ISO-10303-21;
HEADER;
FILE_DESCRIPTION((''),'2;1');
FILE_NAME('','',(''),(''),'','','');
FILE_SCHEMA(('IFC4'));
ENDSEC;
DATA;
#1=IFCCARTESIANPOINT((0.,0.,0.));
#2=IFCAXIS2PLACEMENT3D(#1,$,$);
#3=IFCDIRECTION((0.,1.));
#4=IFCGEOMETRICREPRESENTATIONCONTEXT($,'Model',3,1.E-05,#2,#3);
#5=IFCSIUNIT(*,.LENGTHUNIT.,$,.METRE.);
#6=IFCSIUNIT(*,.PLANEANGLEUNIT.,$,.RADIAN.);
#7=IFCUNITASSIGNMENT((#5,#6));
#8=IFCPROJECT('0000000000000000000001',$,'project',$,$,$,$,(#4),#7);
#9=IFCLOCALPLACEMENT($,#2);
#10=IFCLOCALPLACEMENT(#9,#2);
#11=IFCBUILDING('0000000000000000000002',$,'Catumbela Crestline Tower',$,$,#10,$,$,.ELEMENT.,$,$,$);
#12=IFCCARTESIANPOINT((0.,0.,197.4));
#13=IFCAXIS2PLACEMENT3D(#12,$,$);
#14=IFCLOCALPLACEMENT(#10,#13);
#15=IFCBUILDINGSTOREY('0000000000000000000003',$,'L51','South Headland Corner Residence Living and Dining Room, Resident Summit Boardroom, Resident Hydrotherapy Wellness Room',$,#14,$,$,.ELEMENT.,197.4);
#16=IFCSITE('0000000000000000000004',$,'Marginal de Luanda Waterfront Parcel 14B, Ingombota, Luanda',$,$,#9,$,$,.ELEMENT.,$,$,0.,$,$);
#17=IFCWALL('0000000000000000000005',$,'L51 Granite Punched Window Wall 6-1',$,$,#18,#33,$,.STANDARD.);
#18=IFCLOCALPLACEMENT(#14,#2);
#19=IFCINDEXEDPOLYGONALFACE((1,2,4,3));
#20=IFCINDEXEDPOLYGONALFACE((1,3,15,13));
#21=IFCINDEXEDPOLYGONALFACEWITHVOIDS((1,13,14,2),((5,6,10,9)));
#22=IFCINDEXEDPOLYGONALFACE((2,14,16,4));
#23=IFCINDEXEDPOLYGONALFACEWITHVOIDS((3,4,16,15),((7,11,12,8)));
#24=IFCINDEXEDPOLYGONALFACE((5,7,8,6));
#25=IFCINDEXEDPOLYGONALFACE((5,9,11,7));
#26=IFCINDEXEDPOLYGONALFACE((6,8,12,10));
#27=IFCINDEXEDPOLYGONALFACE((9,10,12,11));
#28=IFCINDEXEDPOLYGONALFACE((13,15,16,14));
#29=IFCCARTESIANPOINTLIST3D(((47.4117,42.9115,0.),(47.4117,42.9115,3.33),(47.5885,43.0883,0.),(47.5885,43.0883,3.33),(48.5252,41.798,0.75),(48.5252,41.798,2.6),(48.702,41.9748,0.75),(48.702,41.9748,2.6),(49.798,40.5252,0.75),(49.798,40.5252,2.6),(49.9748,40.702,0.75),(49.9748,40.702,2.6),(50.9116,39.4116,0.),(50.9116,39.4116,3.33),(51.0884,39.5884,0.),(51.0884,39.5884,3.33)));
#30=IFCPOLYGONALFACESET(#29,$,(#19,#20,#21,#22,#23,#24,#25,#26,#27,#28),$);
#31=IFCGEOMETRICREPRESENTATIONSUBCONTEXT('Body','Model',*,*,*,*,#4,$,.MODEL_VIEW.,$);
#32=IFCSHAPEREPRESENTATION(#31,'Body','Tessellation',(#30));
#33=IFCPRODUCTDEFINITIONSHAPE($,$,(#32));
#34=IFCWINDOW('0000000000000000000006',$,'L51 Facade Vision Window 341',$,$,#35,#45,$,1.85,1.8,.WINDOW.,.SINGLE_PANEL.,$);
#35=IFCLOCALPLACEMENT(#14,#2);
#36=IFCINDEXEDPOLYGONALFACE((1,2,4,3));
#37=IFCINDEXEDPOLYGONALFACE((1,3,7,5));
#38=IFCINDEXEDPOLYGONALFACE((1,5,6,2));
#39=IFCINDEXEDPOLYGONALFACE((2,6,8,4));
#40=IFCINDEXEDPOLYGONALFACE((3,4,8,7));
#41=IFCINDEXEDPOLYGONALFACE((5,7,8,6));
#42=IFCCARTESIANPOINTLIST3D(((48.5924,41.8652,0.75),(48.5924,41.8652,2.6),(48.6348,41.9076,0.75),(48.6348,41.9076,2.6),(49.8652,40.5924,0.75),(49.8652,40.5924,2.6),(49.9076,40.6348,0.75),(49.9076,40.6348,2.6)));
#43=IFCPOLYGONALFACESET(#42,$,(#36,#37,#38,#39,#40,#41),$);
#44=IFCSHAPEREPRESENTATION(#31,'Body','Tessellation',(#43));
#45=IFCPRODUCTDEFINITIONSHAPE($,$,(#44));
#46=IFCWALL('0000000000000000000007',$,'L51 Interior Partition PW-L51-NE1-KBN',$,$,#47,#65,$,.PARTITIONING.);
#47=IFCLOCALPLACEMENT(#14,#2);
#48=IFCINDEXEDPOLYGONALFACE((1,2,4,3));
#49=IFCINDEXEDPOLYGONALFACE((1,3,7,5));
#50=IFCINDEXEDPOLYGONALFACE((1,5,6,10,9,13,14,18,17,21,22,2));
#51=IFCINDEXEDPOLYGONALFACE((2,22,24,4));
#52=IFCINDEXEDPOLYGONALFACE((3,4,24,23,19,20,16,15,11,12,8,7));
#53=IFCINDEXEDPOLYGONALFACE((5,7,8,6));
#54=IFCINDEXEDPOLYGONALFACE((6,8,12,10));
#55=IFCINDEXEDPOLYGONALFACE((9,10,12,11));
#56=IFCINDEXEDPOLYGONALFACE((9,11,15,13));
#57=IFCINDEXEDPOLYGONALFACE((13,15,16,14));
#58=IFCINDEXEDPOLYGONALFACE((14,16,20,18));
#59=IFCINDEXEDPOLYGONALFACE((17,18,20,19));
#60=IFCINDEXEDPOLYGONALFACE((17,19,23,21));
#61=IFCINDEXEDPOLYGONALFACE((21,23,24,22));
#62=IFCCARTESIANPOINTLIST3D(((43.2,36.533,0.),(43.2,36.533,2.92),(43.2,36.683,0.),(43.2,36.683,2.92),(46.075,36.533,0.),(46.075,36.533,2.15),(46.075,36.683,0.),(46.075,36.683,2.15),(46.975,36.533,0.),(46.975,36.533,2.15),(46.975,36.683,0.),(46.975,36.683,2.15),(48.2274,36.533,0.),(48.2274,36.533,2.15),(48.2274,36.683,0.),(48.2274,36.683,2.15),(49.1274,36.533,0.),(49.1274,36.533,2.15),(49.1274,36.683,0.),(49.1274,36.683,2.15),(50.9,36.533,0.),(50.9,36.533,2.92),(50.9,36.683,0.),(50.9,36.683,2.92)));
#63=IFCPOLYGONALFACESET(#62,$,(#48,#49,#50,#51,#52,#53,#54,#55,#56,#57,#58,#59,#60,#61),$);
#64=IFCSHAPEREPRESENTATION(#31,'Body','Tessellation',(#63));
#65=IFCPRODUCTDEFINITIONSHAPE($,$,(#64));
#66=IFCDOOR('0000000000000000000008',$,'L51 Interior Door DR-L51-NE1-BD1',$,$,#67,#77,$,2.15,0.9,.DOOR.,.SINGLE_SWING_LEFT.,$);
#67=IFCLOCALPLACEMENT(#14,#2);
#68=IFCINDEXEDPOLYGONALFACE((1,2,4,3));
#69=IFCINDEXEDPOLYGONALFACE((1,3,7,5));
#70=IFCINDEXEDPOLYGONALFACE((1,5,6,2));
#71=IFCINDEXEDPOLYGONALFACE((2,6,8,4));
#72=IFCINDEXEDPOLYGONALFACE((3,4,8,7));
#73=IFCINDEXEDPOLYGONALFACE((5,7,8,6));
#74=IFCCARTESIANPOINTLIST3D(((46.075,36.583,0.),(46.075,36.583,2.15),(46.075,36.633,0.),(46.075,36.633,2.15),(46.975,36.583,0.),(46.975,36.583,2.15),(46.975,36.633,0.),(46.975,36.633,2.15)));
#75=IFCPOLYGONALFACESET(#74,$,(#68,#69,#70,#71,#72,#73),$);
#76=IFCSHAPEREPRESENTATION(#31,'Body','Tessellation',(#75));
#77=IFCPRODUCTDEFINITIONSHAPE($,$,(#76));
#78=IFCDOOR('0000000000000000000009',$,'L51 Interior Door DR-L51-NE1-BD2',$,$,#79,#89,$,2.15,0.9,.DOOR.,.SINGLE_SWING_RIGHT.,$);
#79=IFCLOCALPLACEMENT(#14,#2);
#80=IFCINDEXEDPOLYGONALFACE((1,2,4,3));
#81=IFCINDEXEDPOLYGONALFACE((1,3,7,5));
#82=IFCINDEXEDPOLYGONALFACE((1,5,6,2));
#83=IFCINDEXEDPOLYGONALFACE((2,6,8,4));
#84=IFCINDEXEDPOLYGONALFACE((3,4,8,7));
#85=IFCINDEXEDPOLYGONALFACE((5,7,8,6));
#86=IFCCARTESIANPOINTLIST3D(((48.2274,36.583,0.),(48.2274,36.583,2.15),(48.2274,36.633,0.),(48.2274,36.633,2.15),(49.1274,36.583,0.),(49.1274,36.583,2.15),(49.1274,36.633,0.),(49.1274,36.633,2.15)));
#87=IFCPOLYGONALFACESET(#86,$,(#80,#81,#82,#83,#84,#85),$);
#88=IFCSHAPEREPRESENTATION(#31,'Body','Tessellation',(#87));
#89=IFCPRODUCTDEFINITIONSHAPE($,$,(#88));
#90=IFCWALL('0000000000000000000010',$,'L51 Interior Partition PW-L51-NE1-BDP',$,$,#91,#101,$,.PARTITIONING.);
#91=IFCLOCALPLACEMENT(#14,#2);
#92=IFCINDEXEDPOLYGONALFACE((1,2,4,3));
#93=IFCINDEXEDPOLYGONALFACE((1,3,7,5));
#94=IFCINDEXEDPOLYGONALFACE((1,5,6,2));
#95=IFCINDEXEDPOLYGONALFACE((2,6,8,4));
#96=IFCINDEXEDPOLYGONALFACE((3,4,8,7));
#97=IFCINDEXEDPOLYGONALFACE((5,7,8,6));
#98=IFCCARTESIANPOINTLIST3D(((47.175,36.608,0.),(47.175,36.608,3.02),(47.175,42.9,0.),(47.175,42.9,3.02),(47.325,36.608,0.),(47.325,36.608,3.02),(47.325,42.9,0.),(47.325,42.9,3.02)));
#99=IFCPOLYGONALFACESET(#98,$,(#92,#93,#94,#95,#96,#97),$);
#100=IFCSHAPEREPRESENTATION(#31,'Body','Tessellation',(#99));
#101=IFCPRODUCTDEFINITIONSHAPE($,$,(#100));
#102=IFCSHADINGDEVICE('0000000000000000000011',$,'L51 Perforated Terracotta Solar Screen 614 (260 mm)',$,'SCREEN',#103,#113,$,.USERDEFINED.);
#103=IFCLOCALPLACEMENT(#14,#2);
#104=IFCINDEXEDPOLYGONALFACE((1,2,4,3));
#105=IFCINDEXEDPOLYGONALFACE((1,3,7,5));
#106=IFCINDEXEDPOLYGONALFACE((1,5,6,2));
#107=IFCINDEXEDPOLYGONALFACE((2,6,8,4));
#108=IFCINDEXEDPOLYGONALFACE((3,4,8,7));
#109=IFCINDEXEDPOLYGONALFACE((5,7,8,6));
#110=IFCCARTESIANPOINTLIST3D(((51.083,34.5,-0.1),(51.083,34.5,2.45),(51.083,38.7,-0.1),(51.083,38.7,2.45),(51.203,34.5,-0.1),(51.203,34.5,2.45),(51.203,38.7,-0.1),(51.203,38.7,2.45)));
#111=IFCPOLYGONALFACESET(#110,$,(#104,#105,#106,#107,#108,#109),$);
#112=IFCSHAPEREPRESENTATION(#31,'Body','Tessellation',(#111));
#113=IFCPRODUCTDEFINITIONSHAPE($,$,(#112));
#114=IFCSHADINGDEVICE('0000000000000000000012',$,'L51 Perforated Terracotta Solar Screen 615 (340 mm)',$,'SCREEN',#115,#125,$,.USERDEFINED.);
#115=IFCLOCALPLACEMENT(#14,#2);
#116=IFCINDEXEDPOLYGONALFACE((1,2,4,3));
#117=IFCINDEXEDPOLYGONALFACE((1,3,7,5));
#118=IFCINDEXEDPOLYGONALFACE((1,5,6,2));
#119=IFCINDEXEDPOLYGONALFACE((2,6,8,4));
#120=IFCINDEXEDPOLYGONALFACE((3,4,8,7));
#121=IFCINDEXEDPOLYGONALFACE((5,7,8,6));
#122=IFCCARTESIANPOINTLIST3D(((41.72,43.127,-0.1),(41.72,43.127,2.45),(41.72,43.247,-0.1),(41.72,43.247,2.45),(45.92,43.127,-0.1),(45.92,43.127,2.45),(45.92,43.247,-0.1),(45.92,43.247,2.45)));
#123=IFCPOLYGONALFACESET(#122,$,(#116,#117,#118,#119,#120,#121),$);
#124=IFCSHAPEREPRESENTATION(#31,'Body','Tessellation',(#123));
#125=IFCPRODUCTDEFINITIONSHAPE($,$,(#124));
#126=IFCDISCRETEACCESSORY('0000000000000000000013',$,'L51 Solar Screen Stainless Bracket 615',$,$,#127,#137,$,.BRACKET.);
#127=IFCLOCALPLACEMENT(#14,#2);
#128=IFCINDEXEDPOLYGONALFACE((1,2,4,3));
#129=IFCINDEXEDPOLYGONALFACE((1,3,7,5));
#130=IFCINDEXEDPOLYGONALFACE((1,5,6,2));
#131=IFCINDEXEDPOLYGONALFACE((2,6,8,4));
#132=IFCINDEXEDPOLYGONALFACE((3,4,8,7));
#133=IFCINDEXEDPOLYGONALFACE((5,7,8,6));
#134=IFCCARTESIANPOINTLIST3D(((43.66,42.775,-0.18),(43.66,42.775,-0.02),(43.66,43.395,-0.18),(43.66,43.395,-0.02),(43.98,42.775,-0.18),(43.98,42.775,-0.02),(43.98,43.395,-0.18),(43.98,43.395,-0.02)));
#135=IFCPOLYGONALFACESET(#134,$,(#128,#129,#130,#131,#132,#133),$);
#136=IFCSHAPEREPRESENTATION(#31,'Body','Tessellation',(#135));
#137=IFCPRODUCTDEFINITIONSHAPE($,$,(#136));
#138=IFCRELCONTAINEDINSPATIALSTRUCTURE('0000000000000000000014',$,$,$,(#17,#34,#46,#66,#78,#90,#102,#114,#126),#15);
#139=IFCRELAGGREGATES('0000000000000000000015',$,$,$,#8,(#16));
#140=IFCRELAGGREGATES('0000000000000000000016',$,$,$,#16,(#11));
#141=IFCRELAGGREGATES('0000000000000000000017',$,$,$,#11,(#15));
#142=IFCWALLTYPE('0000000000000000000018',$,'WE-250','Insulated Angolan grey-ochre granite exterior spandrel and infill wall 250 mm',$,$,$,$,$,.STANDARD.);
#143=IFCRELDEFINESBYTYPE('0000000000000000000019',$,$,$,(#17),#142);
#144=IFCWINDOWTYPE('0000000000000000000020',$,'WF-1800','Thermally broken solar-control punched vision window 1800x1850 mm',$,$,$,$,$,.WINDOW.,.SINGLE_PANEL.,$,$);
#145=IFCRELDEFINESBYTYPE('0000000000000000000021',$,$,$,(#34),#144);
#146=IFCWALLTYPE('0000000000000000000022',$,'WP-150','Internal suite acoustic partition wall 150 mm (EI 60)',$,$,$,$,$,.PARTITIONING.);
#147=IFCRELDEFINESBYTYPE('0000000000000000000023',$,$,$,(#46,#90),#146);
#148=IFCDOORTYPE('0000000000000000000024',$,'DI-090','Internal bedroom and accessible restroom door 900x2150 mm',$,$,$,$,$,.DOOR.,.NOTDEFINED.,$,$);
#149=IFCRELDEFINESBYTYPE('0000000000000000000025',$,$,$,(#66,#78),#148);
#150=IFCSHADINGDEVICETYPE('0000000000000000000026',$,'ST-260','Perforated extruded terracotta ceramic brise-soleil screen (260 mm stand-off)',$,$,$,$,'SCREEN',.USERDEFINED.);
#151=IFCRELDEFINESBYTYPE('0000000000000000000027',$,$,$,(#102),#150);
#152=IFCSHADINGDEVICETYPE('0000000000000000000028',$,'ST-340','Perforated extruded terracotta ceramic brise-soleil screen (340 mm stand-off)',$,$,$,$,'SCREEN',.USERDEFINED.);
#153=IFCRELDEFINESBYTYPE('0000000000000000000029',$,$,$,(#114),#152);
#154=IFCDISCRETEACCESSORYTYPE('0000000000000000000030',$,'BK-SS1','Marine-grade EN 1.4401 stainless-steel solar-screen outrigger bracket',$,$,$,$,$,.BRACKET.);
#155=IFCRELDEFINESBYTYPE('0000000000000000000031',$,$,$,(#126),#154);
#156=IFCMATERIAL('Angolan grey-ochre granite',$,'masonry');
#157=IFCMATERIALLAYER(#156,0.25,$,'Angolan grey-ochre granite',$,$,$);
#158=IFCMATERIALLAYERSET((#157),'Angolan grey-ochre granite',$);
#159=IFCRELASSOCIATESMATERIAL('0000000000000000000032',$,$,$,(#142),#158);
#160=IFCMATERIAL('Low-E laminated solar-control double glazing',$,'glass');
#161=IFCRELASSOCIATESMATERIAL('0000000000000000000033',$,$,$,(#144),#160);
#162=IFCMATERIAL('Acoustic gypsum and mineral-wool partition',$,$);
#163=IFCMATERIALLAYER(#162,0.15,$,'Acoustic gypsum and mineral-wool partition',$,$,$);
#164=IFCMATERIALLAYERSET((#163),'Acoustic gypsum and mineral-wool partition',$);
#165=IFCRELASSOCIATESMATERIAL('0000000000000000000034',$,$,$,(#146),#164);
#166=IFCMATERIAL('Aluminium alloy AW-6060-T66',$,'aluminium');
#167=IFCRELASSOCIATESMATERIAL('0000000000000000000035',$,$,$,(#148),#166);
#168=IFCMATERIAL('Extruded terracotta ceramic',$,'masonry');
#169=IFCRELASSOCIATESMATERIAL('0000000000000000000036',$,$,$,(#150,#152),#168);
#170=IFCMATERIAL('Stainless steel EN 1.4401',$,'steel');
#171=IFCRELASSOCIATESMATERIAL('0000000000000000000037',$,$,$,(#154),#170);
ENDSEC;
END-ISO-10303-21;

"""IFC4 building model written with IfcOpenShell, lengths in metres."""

from ifc_helpers import new_model, si_unit, direction, frame, frame_2d, origin, origin_2d, place, context, subcontext, project, spatial, rectangle, extrude, material, layer, layer_set, type_object, element, fill, save


model = new_model("IFC4")

# Units and contexts
model_context = context("Model", 3, precision=1e-05, world=origin(), true_north=direction((0.0, 1.0)))
body_context = subcontext(model_context, "Body", "Model", "MODEL_VIEW")
ifc_project = project(units=[si_unit("LENGTHUNIT", "METRE"), si_unit("PLANEANGLEUNIT", "RADIAN")], contexts=[model_context])

# Site, building, storey
site_placement = place(None, origin())
site = spatial("IfcSite", under=ifc_project, at=site_placement, Name="Marginal de Luanda Waterfront Parcel 14B, Ingombota, Luanda", CompositionType="ELEMENT", RefElevation=0.0)
building_placement = place(site_placement, origin())
building = spatial("IfcBuilding", under=site, at=building_placement, Name="Catumbela Crestline Tower", CompositionType="ELEMENT")
storey_placement = place(building_placement, frame((0.0, 0.0, 197.4)))
storey = spatial("IfcBuildingStorey", under=building, at=storey_placement, Name="L51", Description="South Headland Corner Residence Living and Dining Room, Resident Summit Boardroom, Resident Hydrotherapy Wellness Room", CompositionType="ELEMENT", Elevation=197.4)

# Shared definitions
ifc_material_1 = material(Name="Aluminium alloy AW-6060-T66", Category="aluminium")

# Shared definitions
ifc_material_2 = material(Name="Low-E laminated solar-control double glazing", Category="glass")

# Wall, opening, window
ifc_material_3 = material(Name="Angolan grey-ochre granite", Category="masonry")
ifc_layer_1 = layer(ifc_material_3, 0.25, Name="Angolan grey-ochre granite")
ifc_layer_set_1 = layer_set([ifc_layer_1], Name="Angolan grey-ochre granite")
wall_type_1 = type_object("IfcWallType", Name="WE-250", Description="Insulated Angolan grey-ochre granite exterior spandrel and infill wall 250 mm", PredefinedType="STANDARD", material=ifc_layer_set_1)
wall_1_placement = place(storey_placement, frame((51.0, 39.5, 0.0), z_axis=(0.0, 0.0, 1.0), x_axis=(-0.707107, 0.707107, 0.0)))
wall_1 = element("IfcWall", 1, at=wall_1_placement, inside=storey, type_object=wall_type_1, Name="L51 Granite Punched Window Wall 6-1", PredefinedType="STANDARD", context=body_context, shape_type="SweptSolid", body=[
    extrude(rectangle(XDim=4.9497, YDim=0.25, at=frame_2d((2.4748, 0.0))), origin(), (0.0, 0.0, 1.0), 3.33),
])
opening_1_placement = place(wall_1_placement, frame((1.5749, 0.0, 0.75)))
opening_1 = element("IfcOpeningElement", 2, at=opening_1_placement, cuts=wall_1, PredefinedType="OPENING", context=body_context, shape_type="SweptSolid", body=[
    extrude(rectangle(XDim=1.8, YDim=1.85, at=frame_2d((0.9, 0.925))), frame((0.0, 0.135, 0.0), z_axis=(0.0, -1.0, 0.0), x_axis=(1.0, 0.0, 0.0)), (0.0, 0.0, 1.0), 0.27),
])
window_type = type_object("IfcWindowType", Name="WF-1800", Description="Thermally broken solar-control punched vision window 1800x1850 mm", PartitioningType="SINGLE_PANEL", PredefinedType="WINDOW", material=ifc_material_2)
window_placement = place(opening_1_placement, origin())
window = element("IfcWindow", 3, at=window_placement, inside=storey, type_object=window_type, Name="L51 Facade Vision Window 341", OverallHeight=1.85, OverallWidth=1.8, PartitioningType="SINGLE_PANEL", PredefinedType="WINDOW", context=body_context, shape_type="SweptSolid", body=[
    extrude(rectangle(XDim=1.8, YDim=1.85, at=frame_2d((0.9, 0.925))), frame((0.0, 0.03, 0.0), z_axis=(0.0, -1.0, 0.0), x_axis=(1.0, 0.0, 0.0)), (0.0, 0.0, 1.0), 0.06),
])
fill(opening_1, window)

# Wall, openings, doors
ifc_material_4 = material(Name="Acoustic gypsum and mineral-wool partition")
ifc_layer_2 = layer(ifc_material_4, 0.15, Name="Acoustic gypsum and mineral-wool partition")
ifc_layer_set_2 = layer_set([ifc_layer_2], Name="Acoustic gypsum and mineral-wool partition")
wall_type_2 = type_object("IfcWallType", Name="WP-150", Description="Internal suite acoustic partition wall 150 mm (EI 60)", PredefinedType="PARTITIONING", material=ifc_layer_set_2)
wall_2_placement = place(storey_placement, frame((43.2, 36.608, 0.0), z_axis=(0.0, 0.0, 1.0), x_axis=(1.0, 0.0, 0.0)))
wall_2 = element("IfcWall", 4, at=wall_2_placement, inside=storey, type_object=wall_type_2, Name="L51 Interior Partition PW-L51-NE1-KBN", PredefinedType="PARTITIONING", context=body_context, shape_type="SweptSolid", body=[
    extrude(rectangle(XDim=7.7, YDim=0.15, at=frame_2d((3.85, 0.0))), origin(), (0.0, 0.0, 1.0), 2.92),
])
opening_2_placement = place(wall_2_placement, frame((2.875, 0.0, 0.0)))
opening_2 = element("IfcOpeningElement", 5, at=opening_2_placement, cuts=wall_2, PredefinedType="OPENING", context=body_context, shape_type="SweptSolid", body=[
    extrude(rectangle(XDim=0.9, YDim=2.15, at=frame_2d((0.45, 1.075))), frame((0.0, 0.085, 0.0), z_axis=(0.0, -1.0, 0.0), x_axis=(1.0, 0.0, 0.0)), (0.0, 0.0, 1.0), 0.17),
])
opening_3_placement = place(wall_2_placement, frame((5.0274, 0.0, 0.0)))
opening_3 = element("IfcOpeningElement", 6, at=opening_3_placement, cuts=wall_2, PredefinedType="OPENING", context=body_context, shape_type="SweptSolid", body=[
    extrude(rectangle(XDim=0.9, YDim=2.15, at=frame_2d((0.45, 1.075))), frame((0.0, 0.085, 0.0), z_axis=(0.0, -1.0, 0.0), x_axis=(1.0, 0.0, 0.0)), (0.0, 0.0, 1.0), 0.17),
])
door_type = type_object("IfcDoorType", Name="DI-090", Description="Internal bedroom and accessible restroom door 900x2150 mm", OperationType="NOTDEFINED", PredefinedType="DOOR", material=ifc_material_1)
door_1_placement = place(opening_2_placement, origin())
door_1 = element("IfcDoor", 7, at=door_1_placement, inside=storey, type_object=door_type, Name="L51 Interior Door DR-L51-NE1-BD1", OperationType="SINGLE_SWING_LEFT", OverallHeight=2.15, OverallWidth=0.9, PredefinedType="DOOR", context=body_context, shape_type="SweptSolid", body=[
    extrude(rectangle(XDim=0.9, YDim=2.15, at=frame_2d((0.45, 1.075))), frame((0.0, 0.025, 0.0), z_axis=(0.0, -1.0, 0.0), x_axis=(1.0, 0.0, 0.0)), (0.0, 0.0, 1.0), 0.05),
])
fill(opening_2, door_1)
door_2_placement = place(opening_3_placement, origin())
door_2 = element("IfcDoor", 8, at=door_2_placement, inside=storey, type_object=door_type, Name="L51 Interior Door DR-L51-NE1-BD2", OperationType="SINGLE_SWING_RIGHT", OverallHeight=2.15, OverallWidth=0.9, PredefinedType="DOOR", context=body_context, shape_type="SweptSolid", body=[
    extrude(rectangle(XDim=0.9, YDim=2.15, at=frame_2d((0.45, 1.075))), frame((0.0, 0.025, 0.0), z_axis=(0.0, -1.0, 0.0), x_axis=(1.0, 0.0, 0.0)), (0.0, 0.0, 1.0), 0.05),
])
fill(opening_3, door_2)

# Wall
wall_3_placement = place(storey_placement, frame((47.25, 36.608, 0.0), z_axis=(0.0, 0.0, 1.0), x_axis=(0.0, 1.0, 0.0)))
element("IfcWall", 9, at=wall_3_placement, inside=storey, type_object=wall_type_2, Name="L51 Interior Partition PW-L51-NE1-BDP", PredefinedType="PARTITIONING", context=body_context, shape_type="SweptSolid", body=[
    extrude(rectangle(XDim=6.292, YDim=0.15, at=frame_2d((3.146, 0.0))), origin(), (0.0, 0.0, 1.0), 3.02),
])

# Shading devices
ifc_material_5 = material(Name="Extruded terracotta ceramic", Category="masonry")
shading_device_type_1 = type_object("IfcShadingDeviceType", Name="ST-260", Description="Perforated extruded terracotta ceramic brise-soleil screen (260 mm stand-off)", ElementType="SCREEN", PredefinedType="USERDEFINED", material=ifc_material_5)
shading_device_1_placement = place(storey_placement, frame((51.143, 36.6, -0.1), z_axis=(0.0, 0.0, 1.0), x_axis=(0.0, 1.0, 0.0)))
element("IfcShadingDevice", 10, at=shading_device_1_placement, inside=storey, type_object=shading_device_type_1, Name="L51 Perforated Terracotta Solar Screen 614 (260 mm)", ObjectType="SCREEN", PredefinedType="USERDEFINED", context=body_context, shape_type="SweptSolid", body=[
    extrude(rectangle(XDim=4.2, YDim=0.12, at=origin_2d()), origin(), (0.0, 0.0, 1.0), 2.55),
])
shading_device_type_2 = type_object("IfcShadingDeviceType", Name="ST-340", Description="Perforated extruded terracotta ceramic brise-soleil screen (340 mm stand-off)", ElementType="SCREEN", PredefinedType="USERDEFINED", material=ifc_material_5)
shading_device_2_placement = place(storey_placement, frame((43.82, 43.187, -0.1), z_axis=(0.0, 0.0, 1.0), x_axis=(-1.0, 0.0, 0.0)))
element("IfcShadingDevice", 11, at=shading_device_2_placement, inside=storey, type_object=shading_device_type_2, Name="L51 Perforated Terracotta Solar Screen 615 (340 mm)", ObjectType="SCREEN", PredefinedType="USERDEFINED", context=body_context, shape_type="SweptSolid", body=[
    extrude(rectangle(XDim=4.2, YDim=0.12, at=origin_2d()), origin(), (0.0, 0.0, 1.0), 2.55),
])

# Discrete accessory
ifc_material_6 = material(Name="Stainless steel EN 1.4401", Category="steel")
discrete_accessory_type = type_object("IfcDiscreteAccessoryType", Name="BK-SS1", Description="Marine-grade EN 1.4401 stainless-steel solar-screen outrigger bracket", PredefinedType="BRACKET", material=ifc_material_6)
discrete_accessory_placement = place(storey_placement, frame((43.82, 43.085, -0.18), z_axis=(0.0, 0.0, 1.0), x_axis=(-1.0, 0.0, 0.0)))
element("IfcDiscreteAccessory", 12, at=discrete_accessory_placement, inside=storey, type_object=discrete_accessory_type, Name="L51 Solar Screen Stainless Bracket 615", PredefinedType="BRACKET", context=body_context, shape_type="SweptSolid", body=[
    extrude(rectangle(XDim=0.32, YDim=0.62, at=origin_2d()), origin(), (0.0, 0.0, 1.0), 0.16),
])

save(model, "model.ifc")
